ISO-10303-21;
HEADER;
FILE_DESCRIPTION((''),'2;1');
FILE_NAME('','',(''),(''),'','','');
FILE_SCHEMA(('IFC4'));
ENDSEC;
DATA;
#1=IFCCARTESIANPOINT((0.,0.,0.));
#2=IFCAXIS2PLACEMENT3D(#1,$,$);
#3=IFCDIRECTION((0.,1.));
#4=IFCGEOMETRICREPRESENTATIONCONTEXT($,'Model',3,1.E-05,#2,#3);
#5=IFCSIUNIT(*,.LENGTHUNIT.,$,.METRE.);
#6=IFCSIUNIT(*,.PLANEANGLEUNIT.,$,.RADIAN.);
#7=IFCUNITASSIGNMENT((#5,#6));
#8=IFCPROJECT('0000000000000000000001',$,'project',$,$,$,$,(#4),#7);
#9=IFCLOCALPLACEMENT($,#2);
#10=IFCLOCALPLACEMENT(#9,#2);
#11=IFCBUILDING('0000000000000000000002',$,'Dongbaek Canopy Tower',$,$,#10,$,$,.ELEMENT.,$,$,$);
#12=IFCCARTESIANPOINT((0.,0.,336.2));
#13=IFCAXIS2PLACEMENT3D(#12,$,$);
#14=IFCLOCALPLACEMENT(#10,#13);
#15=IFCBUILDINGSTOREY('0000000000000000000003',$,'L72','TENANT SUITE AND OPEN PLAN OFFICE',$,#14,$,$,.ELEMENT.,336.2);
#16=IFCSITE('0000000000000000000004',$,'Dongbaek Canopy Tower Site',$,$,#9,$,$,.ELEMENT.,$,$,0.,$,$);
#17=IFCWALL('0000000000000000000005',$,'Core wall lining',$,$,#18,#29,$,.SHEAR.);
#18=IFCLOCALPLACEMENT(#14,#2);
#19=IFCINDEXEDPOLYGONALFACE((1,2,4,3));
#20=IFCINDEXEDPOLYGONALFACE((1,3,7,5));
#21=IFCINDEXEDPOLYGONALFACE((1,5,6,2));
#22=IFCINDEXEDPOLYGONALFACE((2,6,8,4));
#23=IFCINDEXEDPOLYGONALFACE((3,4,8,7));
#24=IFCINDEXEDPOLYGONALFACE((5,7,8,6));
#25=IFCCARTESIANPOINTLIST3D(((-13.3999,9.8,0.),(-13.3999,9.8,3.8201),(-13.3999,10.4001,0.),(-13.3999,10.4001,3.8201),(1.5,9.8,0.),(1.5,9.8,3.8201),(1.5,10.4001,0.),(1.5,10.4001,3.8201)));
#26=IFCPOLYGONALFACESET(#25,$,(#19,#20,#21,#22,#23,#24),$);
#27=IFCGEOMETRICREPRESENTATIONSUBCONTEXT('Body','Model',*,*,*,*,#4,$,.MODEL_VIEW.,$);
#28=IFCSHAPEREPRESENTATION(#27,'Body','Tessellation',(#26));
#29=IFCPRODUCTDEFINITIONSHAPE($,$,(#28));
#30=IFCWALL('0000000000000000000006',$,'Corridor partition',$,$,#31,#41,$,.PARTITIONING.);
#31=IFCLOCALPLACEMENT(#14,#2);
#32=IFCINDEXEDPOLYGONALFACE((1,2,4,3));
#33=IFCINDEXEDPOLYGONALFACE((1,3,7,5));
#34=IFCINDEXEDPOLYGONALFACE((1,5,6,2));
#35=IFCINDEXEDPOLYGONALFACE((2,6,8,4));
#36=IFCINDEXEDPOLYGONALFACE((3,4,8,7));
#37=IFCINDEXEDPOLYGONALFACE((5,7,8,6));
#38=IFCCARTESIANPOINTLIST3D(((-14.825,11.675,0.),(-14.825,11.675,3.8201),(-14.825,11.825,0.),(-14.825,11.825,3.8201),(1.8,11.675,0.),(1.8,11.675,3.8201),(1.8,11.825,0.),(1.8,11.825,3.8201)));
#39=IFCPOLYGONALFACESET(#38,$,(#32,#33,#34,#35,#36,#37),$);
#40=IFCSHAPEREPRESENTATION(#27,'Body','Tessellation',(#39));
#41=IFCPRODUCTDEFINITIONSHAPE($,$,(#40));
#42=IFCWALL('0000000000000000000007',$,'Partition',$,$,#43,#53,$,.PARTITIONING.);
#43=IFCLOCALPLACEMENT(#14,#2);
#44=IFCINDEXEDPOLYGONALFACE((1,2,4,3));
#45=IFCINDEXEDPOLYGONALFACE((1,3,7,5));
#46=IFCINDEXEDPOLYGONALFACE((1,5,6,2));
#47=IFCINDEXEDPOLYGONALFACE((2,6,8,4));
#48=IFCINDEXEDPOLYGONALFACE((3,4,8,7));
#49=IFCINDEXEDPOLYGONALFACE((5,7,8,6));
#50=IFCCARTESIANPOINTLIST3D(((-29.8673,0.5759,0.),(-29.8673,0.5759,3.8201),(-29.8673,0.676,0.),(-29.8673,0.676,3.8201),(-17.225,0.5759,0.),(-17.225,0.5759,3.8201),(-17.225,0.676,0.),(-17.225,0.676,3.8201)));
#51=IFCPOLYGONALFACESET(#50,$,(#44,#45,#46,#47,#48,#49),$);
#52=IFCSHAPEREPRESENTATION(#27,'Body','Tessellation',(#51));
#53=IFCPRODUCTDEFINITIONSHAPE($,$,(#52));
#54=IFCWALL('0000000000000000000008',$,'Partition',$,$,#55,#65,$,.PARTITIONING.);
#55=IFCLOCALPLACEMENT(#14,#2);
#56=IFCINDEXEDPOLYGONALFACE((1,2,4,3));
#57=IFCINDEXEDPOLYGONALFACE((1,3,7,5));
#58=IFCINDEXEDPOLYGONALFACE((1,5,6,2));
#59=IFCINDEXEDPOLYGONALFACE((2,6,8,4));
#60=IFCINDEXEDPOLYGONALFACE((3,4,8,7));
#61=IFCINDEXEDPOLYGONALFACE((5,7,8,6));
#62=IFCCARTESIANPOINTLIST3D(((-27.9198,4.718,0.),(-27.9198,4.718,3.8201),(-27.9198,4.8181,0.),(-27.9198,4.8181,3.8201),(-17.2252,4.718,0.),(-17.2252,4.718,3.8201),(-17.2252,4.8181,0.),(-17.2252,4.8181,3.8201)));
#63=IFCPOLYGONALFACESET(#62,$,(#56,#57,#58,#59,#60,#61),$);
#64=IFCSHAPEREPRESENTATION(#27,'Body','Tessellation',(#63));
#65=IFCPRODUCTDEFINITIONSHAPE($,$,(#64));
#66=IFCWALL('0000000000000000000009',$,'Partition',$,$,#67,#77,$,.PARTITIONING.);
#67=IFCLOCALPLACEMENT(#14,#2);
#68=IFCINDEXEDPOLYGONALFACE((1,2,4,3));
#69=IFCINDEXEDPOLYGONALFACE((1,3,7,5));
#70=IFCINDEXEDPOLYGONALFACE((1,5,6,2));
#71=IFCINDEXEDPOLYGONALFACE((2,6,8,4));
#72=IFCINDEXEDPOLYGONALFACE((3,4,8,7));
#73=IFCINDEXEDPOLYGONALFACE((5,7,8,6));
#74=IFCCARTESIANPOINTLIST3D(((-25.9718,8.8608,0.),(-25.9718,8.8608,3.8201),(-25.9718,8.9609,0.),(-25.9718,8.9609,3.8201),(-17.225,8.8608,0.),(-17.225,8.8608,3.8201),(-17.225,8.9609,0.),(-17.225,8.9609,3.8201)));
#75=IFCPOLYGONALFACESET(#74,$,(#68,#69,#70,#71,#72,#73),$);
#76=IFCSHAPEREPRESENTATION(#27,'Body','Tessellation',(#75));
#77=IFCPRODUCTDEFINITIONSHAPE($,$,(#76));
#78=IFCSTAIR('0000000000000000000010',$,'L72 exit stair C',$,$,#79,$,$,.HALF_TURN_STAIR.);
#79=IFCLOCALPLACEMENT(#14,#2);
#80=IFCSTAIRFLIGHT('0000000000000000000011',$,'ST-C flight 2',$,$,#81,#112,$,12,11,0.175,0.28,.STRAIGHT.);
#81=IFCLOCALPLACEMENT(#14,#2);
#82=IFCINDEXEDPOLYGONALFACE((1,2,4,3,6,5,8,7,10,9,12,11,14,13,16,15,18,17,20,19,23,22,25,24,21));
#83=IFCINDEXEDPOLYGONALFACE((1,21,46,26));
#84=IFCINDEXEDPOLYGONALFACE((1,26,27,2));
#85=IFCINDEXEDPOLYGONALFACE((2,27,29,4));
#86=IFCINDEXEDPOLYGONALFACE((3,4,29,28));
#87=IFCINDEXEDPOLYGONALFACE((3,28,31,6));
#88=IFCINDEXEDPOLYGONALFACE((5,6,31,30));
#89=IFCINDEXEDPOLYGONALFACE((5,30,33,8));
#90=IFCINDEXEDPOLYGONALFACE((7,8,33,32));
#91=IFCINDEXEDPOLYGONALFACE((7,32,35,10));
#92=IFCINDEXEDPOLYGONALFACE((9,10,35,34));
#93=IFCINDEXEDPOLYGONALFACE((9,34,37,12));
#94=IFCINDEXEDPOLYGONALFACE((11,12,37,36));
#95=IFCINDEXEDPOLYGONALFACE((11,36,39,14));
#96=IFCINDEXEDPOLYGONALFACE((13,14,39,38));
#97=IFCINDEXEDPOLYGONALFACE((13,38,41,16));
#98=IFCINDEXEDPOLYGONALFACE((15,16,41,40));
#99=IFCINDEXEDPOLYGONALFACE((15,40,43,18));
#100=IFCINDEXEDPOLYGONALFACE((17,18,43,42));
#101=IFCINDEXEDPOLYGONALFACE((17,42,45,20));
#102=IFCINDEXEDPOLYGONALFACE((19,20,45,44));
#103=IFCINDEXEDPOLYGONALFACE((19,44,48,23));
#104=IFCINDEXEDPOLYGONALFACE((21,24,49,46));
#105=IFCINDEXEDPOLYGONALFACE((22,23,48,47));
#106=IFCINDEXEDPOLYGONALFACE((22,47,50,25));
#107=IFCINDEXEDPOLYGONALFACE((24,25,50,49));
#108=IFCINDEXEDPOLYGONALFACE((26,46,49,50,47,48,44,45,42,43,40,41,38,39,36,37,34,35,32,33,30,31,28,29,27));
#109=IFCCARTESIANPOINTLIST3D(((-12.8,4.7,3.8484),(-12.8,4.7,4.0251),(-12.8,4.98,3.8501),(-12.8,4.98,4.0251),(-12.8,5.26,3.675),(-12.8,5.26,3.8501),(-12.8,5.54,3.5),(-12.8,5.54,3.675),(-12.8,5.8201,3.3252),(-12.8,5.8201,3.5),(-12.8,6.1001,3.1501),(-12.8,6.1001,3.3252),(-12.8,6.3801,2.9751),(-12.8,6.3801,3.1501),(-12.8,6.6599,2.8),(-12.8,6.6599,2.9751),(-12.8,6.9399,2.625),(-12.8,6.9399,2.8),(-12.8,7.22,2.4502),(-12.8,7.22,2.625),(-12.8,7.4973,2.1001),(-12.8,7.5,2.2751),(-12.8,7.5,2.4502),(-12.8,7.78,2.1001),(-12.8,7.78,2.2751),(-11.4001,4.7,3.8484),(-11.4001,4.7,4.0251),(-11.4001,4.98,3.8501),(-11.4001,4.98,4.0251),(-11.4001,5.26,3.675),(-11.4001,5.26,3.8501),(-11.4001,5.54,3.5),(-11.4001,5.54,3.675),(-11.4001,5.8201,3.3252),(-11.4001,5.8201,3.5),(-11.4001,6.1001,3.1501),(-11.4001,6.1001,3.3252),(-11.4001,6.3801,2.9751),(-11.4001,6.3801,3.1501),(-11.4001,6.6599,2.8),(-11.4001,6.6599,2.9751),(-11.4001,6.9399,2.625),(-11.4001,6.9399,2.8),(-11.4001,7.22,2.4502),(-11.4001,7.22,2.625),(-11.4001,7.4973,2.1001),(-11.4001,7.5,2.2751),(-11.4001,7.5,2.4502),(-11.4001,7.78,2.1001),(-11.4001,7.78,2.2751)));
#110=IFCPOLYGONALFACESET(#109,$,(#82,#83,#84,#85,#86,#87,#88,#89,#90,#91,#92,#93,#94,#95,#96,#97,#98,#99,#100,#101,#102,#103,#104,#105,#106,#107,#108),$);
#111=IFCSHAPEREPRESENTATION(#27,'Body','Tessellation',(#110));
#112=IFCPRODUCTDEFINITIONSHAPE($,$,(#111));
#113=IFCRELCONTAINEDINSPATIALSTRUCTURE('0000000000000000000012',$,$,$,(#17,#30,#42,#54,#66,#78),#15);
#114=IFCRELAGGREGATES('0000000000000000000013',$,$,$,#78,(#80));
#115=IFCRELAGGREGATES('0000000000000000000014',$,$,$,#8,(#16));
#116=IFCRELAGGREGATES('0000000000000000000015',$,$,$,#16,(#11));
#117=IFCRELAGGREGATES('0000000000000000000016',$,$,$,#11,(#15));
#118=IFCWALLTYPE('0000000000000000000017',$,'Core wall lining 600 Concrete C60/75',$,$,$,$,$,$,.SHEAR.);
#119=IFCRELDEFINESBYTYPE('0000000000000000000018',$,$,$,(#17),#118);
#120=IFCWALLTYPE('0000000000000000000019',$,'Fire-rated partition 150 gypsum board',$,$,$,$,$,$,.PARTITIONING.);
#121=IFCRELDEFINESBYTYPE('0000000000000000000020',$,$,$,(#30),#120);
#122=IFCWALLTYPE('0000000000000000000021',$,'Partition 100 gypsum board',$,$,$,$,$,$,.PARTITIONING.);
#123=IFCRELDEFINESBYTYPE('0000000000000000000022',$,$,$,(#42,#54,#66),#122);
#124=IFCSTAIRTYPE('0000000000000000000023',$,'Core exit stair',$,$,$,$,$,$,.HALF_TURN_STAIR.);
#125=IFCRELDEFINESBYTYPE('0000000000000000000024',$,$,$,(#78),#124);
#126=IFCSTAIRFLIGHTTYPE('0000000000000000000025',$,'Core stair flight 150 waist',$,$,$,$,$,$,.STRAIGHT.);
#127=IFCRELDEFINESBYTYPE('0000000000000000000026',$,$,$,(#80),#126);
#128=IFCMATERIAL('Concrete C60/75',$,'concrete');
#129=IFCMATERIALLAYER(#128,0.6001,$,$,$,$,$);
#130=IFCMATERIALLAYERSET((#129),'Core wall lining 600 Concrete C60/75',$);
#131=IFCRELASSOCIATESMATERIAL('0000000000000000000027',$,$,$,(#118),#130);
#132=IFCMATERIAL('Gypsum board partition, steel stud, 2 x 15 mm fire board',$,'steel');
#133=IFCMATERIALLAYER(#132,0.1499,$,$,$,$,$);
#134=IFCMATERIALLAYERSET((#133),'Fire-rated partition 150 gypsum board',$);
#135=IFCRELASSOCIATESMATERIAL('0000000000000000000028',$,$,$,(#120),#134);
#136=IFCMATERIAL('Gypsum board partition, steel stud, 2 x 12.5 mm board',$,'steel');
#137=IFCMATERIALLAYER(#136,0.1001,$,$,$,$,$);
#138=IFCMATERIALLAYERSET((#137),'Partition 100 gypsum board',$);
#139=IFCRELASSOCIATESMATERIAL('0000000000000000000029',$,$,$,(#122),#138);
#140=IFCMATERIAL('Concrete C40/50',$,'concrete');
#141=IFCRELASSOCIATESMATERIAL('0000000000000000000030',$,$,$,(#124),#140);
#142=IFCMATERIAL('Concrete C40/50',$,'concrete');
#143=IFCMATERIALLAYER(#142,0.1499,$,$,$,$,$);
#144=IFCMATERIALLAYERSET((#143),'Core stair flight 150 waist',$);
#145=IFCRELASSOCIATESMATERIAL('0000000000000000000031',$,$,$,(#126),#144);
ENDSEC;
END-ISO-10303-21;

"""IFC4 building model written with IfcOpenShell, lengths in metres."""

from ifc_helpers import new_model, si_unit, direction, frame, frame_2d, origin, place, context, subcontext, project, spatial, polyline, rectangle, outline, extrude, material, layer, layer_set, type_object, element, aggregate, save


model = new_model("IFC4")

# Units and contexts
model_context = context("Model", 3, precision=1e-05, world=origin(), true_north=direction((0.0, 1.0)))
body_context = subcontext(model_context, "Body", "Model", "MODEL_VIEW")
ifc_project = project(units=[si_unit("LENGTHUNIT", "METRE"), si_unit("PLANEANGLEUNIT", "RADIAN")], contexts=[model_context])

# Site, building, storey
site_placement = place(None, origin())
site = spatial("IfcSite", under=ifc_project, at=site_placement, Name="Dongbaek Canopy Tower Site", CompositionType="ELEMENT", RefElevation=0.0)
building_placement = place(site_placement, origin())
building = spatial("IfcBuilding", under=site, at=building_placement, Name="Dongbaek Canopy Tower", CompositionType="ELEMENT")
storey_placement = place(building_placement, frame((0.0, 0.0, 336.2)))
storey = spatial("IfcBuildingStorey", under=building, at=storey_placement, Name="L72", Description="TENANT SUITE AND OPEN PLAN OFFICE", CompositionType="ELEMENT", Elevation=336.2)

# Walls
ifc_material_1 = material(Name="Concrete C60/75", Category="concrete")
ifc_layer_1 = layer(ifc_material_1, 0.6001)
ifc_layer_set_1 = layer_set([ifc_layer_1], Name="Core wall lining 600 Concrete C60/75")
wall_type_1 = type_object("IfcWallType", Name="Core wall lining 600 Concrete C60/75", PredefinedType="SHEAR", material=ifc_layer_set_1)
wall_1_placement = place(storey_placement, frame((-13.3999, 10.1001, 0.0), z_axis=(0.0, 0.0, 1.0), x_axis=(1.0, 0.0, 0.0)))
element("IfcWall", 1, at=wall_1_placement, inside=storey, type_object=wall_type_1, Name="Core wall lining", PredefinedType="SHEAR", context=body_context, shape_type="SweptSolid", body=[
    extrude(rectangle(XDim=14.8999, YDim=0.6001, at=frame_2d((7.45, 0.0))), origin(), (0.0, 0.0, 1.0), 3.8201),
])
ifc_material_2 = material(Name="Gypsum board partition, steel stud, 2 x 15 mm fire board", Category="steel")
ifc_layer_2 = layer(ifc_material_2, 0.1499)
ifc_layer_set_2 = layer_set([ifc_layer_2], Name="Fire-rated partition 150 gypsum board")
wall_type_2 = type_object("IfcWallType", Name="Fire-rated partition 150 gypsum board", PredefinedType="PARTITIONING", material=ifc_layer_set_2)
wall_2_placement = place(storey_placement, frame((-14.825, 11.75, 0.0), z_axis=(0.0, 0.0, 1.0), x_axis=(1.0, 0.0, 0.0)))
element("IfcWall", 2, at=wall_2_placement, inside=storey, type_object=wall_type_2, Name="Corridor partition", PredefinedType="PARTITIONING", context=body_context, shape_type="SweptSolid", body=[
    extrude(rectangle(XDim=16.625, YDim=0.1499, at=frame_2d((8.3125, 0.0))), origin(), (0.0, 0.0, 1.0), 3.8201),
])
ifc_material_3 = material(Name="Gypsum board partition, steel stud, 2 x 12.5 mm board", Category="steel")
ifc_layer_3 = layer(ifc_material_3, 0.1001)
ifc_layer_set_3 = layer_set([ifc_layer_3], Name="Partition 100 gypsum board")
wall_type_3 = type_object("IfcWallType", Name="Partition 100 gypsum board", PredefinedType="PARTITIONING", material=ifc_layer_set_3)
wall_3_placement = place(storey_placement, frame((-29.8674, 0.626, 0.0), z_axis=(0.0, 0.0, 1.0), x_axis=(1.0, 0.0, 0.0)))
element("IfcWall", 3, at=wall_3_placement, inside=storey, type_object=wall_type_3, Name="Partition", PredefinedType="PARTITIONING", context=body_context, shape_type="SweptSolid", body=[
    extrude(rectangle(XDim=12.6423, YDim=0.1001, at=frame_2d((6.3213, 0.0))), origin(), (0.0, 0.0, 1.0), 3.8201),
])
wall_4_placement = place(storey_placement, frame((-27.9197, 4.7681, 0.0), z_axis=(0.0, 0.0, 1.0), x_axis=(1.0, 0.0, 0.0)))
element("IfcWall", 4, at=wall_4_placement, inside=storey, type_object=wall_type_3, Name="Partition", PredefinedType="PARTITIONING", context=body_context, shape_type="SweptSolid", body=[
    extrude(rectangle(XDim=10.6946, YDim=0.1001, at=frame_2d((5.3472, 0.0))), origin(), (0.0, 0.0, 1.0), 3.8201),
])
wall_5_placement = place(storey_placement, frame((-25.9719, 8.9109, 0.0), z_axis=(0.0, 0.0, 1.0), x_axis=(1.0, 0.0, 0.0)))
element("IfcWall", 5, at=wall_5_placement, inside=storey, type_object=wall_type_3, Name="Partition", PredefinedType="PARTITIONING", context=body_context, shape_type="SweptSolid", body=[
    extrude(rectangle(XDim=8.7468, YDim=0.1001, at=frame_2d((4.3735, 0.0))), origin(), (0.0, 0.0, 1.0), 3.8201),
])

# Stair, stair flight
ifc_material_4 = material(Name="Concrete C40/50", Category="concrete")
stair_type = type_object("IfcStairType", Name="Core exit stair", PredefinedType="HALF_TURN_STAIR", material=ifc_material_4)
stair_placement = place(storey_placement, origin())
stair = element("IfcStair", 6, at=stair_placement, inside=storey, type_object=stair_type, Name="L72 exit stair C", PredefinedType="HALF_TURN_STAIR")
ifc_material_5 = material(Name="Concrete C40/50", Category="concrete")
ifc_layer_4 = layer(ifc_material_5, 0.1499)
ifc_layer_set_4 = layer_set([ifc_layer_4], Name="Core stair flight 150 waist")
stair_flight_type = type_object("IfcStairFlightType", Name="Core stair flight 150 waist", PredefinedType="STRAIGHT", material=ifc_layer_set_4)
stair_flight_placement = place(storey_placement, frame((-12.1001, 7.78, 2.1001), z_axis=(0.0, 0.0, 1.0), x_axis=(0.0, -1.0, 0.0)))
stair_flight = element("IfcStairFlight", 7, at=stair_flight_placement, type_object=stair_flight_type, Name="ST-C flight 2", NumberOfRisers=12, NumberOfTreads=11, PredefinedType="STRAIGHT", RiserHeight=0.175, TreadLength=0.28, context=body_context, shape_type="SweptSolid", body=[
    extrude(outline(polyline([(0.0, 0.0), (0.0, 0.175), (0.28, 0.175), (0.28, 0.3501), (0.5601, 0.3501), (0.5601, 0.5249), (0.8401, 0.5249), (0.8401, 0.7), (1.1201, 0.7), (1.1201, 0.875), (1.3999, 0.875), (1.3999, 1.05), (1.6799, 1.05), (1.6799, 1.2251), (1.96, 1.2251), (1.96, 1.3999), (2.24, 1.3999), (2.24, 1.575), (2.52, 1.575), (2.52, 1.75), (2.8, 1.75), (2.8, 1.925), (3.0801, 1.925), (3.0801, 2.1001), (3.0801, 1.7483), (0.2827, 0.0), (0.0, 0.0)])), frame((0.0, 0.7, 0.0), z_axis=(0.0, -1.0, 0.0), x_axis=(1.0, 0.0, 0.0)), (0.0, 0.0, 1.0), 1.3999),
])
aggregate(stair, [stair_flight])

save(model, "model.ifc")
